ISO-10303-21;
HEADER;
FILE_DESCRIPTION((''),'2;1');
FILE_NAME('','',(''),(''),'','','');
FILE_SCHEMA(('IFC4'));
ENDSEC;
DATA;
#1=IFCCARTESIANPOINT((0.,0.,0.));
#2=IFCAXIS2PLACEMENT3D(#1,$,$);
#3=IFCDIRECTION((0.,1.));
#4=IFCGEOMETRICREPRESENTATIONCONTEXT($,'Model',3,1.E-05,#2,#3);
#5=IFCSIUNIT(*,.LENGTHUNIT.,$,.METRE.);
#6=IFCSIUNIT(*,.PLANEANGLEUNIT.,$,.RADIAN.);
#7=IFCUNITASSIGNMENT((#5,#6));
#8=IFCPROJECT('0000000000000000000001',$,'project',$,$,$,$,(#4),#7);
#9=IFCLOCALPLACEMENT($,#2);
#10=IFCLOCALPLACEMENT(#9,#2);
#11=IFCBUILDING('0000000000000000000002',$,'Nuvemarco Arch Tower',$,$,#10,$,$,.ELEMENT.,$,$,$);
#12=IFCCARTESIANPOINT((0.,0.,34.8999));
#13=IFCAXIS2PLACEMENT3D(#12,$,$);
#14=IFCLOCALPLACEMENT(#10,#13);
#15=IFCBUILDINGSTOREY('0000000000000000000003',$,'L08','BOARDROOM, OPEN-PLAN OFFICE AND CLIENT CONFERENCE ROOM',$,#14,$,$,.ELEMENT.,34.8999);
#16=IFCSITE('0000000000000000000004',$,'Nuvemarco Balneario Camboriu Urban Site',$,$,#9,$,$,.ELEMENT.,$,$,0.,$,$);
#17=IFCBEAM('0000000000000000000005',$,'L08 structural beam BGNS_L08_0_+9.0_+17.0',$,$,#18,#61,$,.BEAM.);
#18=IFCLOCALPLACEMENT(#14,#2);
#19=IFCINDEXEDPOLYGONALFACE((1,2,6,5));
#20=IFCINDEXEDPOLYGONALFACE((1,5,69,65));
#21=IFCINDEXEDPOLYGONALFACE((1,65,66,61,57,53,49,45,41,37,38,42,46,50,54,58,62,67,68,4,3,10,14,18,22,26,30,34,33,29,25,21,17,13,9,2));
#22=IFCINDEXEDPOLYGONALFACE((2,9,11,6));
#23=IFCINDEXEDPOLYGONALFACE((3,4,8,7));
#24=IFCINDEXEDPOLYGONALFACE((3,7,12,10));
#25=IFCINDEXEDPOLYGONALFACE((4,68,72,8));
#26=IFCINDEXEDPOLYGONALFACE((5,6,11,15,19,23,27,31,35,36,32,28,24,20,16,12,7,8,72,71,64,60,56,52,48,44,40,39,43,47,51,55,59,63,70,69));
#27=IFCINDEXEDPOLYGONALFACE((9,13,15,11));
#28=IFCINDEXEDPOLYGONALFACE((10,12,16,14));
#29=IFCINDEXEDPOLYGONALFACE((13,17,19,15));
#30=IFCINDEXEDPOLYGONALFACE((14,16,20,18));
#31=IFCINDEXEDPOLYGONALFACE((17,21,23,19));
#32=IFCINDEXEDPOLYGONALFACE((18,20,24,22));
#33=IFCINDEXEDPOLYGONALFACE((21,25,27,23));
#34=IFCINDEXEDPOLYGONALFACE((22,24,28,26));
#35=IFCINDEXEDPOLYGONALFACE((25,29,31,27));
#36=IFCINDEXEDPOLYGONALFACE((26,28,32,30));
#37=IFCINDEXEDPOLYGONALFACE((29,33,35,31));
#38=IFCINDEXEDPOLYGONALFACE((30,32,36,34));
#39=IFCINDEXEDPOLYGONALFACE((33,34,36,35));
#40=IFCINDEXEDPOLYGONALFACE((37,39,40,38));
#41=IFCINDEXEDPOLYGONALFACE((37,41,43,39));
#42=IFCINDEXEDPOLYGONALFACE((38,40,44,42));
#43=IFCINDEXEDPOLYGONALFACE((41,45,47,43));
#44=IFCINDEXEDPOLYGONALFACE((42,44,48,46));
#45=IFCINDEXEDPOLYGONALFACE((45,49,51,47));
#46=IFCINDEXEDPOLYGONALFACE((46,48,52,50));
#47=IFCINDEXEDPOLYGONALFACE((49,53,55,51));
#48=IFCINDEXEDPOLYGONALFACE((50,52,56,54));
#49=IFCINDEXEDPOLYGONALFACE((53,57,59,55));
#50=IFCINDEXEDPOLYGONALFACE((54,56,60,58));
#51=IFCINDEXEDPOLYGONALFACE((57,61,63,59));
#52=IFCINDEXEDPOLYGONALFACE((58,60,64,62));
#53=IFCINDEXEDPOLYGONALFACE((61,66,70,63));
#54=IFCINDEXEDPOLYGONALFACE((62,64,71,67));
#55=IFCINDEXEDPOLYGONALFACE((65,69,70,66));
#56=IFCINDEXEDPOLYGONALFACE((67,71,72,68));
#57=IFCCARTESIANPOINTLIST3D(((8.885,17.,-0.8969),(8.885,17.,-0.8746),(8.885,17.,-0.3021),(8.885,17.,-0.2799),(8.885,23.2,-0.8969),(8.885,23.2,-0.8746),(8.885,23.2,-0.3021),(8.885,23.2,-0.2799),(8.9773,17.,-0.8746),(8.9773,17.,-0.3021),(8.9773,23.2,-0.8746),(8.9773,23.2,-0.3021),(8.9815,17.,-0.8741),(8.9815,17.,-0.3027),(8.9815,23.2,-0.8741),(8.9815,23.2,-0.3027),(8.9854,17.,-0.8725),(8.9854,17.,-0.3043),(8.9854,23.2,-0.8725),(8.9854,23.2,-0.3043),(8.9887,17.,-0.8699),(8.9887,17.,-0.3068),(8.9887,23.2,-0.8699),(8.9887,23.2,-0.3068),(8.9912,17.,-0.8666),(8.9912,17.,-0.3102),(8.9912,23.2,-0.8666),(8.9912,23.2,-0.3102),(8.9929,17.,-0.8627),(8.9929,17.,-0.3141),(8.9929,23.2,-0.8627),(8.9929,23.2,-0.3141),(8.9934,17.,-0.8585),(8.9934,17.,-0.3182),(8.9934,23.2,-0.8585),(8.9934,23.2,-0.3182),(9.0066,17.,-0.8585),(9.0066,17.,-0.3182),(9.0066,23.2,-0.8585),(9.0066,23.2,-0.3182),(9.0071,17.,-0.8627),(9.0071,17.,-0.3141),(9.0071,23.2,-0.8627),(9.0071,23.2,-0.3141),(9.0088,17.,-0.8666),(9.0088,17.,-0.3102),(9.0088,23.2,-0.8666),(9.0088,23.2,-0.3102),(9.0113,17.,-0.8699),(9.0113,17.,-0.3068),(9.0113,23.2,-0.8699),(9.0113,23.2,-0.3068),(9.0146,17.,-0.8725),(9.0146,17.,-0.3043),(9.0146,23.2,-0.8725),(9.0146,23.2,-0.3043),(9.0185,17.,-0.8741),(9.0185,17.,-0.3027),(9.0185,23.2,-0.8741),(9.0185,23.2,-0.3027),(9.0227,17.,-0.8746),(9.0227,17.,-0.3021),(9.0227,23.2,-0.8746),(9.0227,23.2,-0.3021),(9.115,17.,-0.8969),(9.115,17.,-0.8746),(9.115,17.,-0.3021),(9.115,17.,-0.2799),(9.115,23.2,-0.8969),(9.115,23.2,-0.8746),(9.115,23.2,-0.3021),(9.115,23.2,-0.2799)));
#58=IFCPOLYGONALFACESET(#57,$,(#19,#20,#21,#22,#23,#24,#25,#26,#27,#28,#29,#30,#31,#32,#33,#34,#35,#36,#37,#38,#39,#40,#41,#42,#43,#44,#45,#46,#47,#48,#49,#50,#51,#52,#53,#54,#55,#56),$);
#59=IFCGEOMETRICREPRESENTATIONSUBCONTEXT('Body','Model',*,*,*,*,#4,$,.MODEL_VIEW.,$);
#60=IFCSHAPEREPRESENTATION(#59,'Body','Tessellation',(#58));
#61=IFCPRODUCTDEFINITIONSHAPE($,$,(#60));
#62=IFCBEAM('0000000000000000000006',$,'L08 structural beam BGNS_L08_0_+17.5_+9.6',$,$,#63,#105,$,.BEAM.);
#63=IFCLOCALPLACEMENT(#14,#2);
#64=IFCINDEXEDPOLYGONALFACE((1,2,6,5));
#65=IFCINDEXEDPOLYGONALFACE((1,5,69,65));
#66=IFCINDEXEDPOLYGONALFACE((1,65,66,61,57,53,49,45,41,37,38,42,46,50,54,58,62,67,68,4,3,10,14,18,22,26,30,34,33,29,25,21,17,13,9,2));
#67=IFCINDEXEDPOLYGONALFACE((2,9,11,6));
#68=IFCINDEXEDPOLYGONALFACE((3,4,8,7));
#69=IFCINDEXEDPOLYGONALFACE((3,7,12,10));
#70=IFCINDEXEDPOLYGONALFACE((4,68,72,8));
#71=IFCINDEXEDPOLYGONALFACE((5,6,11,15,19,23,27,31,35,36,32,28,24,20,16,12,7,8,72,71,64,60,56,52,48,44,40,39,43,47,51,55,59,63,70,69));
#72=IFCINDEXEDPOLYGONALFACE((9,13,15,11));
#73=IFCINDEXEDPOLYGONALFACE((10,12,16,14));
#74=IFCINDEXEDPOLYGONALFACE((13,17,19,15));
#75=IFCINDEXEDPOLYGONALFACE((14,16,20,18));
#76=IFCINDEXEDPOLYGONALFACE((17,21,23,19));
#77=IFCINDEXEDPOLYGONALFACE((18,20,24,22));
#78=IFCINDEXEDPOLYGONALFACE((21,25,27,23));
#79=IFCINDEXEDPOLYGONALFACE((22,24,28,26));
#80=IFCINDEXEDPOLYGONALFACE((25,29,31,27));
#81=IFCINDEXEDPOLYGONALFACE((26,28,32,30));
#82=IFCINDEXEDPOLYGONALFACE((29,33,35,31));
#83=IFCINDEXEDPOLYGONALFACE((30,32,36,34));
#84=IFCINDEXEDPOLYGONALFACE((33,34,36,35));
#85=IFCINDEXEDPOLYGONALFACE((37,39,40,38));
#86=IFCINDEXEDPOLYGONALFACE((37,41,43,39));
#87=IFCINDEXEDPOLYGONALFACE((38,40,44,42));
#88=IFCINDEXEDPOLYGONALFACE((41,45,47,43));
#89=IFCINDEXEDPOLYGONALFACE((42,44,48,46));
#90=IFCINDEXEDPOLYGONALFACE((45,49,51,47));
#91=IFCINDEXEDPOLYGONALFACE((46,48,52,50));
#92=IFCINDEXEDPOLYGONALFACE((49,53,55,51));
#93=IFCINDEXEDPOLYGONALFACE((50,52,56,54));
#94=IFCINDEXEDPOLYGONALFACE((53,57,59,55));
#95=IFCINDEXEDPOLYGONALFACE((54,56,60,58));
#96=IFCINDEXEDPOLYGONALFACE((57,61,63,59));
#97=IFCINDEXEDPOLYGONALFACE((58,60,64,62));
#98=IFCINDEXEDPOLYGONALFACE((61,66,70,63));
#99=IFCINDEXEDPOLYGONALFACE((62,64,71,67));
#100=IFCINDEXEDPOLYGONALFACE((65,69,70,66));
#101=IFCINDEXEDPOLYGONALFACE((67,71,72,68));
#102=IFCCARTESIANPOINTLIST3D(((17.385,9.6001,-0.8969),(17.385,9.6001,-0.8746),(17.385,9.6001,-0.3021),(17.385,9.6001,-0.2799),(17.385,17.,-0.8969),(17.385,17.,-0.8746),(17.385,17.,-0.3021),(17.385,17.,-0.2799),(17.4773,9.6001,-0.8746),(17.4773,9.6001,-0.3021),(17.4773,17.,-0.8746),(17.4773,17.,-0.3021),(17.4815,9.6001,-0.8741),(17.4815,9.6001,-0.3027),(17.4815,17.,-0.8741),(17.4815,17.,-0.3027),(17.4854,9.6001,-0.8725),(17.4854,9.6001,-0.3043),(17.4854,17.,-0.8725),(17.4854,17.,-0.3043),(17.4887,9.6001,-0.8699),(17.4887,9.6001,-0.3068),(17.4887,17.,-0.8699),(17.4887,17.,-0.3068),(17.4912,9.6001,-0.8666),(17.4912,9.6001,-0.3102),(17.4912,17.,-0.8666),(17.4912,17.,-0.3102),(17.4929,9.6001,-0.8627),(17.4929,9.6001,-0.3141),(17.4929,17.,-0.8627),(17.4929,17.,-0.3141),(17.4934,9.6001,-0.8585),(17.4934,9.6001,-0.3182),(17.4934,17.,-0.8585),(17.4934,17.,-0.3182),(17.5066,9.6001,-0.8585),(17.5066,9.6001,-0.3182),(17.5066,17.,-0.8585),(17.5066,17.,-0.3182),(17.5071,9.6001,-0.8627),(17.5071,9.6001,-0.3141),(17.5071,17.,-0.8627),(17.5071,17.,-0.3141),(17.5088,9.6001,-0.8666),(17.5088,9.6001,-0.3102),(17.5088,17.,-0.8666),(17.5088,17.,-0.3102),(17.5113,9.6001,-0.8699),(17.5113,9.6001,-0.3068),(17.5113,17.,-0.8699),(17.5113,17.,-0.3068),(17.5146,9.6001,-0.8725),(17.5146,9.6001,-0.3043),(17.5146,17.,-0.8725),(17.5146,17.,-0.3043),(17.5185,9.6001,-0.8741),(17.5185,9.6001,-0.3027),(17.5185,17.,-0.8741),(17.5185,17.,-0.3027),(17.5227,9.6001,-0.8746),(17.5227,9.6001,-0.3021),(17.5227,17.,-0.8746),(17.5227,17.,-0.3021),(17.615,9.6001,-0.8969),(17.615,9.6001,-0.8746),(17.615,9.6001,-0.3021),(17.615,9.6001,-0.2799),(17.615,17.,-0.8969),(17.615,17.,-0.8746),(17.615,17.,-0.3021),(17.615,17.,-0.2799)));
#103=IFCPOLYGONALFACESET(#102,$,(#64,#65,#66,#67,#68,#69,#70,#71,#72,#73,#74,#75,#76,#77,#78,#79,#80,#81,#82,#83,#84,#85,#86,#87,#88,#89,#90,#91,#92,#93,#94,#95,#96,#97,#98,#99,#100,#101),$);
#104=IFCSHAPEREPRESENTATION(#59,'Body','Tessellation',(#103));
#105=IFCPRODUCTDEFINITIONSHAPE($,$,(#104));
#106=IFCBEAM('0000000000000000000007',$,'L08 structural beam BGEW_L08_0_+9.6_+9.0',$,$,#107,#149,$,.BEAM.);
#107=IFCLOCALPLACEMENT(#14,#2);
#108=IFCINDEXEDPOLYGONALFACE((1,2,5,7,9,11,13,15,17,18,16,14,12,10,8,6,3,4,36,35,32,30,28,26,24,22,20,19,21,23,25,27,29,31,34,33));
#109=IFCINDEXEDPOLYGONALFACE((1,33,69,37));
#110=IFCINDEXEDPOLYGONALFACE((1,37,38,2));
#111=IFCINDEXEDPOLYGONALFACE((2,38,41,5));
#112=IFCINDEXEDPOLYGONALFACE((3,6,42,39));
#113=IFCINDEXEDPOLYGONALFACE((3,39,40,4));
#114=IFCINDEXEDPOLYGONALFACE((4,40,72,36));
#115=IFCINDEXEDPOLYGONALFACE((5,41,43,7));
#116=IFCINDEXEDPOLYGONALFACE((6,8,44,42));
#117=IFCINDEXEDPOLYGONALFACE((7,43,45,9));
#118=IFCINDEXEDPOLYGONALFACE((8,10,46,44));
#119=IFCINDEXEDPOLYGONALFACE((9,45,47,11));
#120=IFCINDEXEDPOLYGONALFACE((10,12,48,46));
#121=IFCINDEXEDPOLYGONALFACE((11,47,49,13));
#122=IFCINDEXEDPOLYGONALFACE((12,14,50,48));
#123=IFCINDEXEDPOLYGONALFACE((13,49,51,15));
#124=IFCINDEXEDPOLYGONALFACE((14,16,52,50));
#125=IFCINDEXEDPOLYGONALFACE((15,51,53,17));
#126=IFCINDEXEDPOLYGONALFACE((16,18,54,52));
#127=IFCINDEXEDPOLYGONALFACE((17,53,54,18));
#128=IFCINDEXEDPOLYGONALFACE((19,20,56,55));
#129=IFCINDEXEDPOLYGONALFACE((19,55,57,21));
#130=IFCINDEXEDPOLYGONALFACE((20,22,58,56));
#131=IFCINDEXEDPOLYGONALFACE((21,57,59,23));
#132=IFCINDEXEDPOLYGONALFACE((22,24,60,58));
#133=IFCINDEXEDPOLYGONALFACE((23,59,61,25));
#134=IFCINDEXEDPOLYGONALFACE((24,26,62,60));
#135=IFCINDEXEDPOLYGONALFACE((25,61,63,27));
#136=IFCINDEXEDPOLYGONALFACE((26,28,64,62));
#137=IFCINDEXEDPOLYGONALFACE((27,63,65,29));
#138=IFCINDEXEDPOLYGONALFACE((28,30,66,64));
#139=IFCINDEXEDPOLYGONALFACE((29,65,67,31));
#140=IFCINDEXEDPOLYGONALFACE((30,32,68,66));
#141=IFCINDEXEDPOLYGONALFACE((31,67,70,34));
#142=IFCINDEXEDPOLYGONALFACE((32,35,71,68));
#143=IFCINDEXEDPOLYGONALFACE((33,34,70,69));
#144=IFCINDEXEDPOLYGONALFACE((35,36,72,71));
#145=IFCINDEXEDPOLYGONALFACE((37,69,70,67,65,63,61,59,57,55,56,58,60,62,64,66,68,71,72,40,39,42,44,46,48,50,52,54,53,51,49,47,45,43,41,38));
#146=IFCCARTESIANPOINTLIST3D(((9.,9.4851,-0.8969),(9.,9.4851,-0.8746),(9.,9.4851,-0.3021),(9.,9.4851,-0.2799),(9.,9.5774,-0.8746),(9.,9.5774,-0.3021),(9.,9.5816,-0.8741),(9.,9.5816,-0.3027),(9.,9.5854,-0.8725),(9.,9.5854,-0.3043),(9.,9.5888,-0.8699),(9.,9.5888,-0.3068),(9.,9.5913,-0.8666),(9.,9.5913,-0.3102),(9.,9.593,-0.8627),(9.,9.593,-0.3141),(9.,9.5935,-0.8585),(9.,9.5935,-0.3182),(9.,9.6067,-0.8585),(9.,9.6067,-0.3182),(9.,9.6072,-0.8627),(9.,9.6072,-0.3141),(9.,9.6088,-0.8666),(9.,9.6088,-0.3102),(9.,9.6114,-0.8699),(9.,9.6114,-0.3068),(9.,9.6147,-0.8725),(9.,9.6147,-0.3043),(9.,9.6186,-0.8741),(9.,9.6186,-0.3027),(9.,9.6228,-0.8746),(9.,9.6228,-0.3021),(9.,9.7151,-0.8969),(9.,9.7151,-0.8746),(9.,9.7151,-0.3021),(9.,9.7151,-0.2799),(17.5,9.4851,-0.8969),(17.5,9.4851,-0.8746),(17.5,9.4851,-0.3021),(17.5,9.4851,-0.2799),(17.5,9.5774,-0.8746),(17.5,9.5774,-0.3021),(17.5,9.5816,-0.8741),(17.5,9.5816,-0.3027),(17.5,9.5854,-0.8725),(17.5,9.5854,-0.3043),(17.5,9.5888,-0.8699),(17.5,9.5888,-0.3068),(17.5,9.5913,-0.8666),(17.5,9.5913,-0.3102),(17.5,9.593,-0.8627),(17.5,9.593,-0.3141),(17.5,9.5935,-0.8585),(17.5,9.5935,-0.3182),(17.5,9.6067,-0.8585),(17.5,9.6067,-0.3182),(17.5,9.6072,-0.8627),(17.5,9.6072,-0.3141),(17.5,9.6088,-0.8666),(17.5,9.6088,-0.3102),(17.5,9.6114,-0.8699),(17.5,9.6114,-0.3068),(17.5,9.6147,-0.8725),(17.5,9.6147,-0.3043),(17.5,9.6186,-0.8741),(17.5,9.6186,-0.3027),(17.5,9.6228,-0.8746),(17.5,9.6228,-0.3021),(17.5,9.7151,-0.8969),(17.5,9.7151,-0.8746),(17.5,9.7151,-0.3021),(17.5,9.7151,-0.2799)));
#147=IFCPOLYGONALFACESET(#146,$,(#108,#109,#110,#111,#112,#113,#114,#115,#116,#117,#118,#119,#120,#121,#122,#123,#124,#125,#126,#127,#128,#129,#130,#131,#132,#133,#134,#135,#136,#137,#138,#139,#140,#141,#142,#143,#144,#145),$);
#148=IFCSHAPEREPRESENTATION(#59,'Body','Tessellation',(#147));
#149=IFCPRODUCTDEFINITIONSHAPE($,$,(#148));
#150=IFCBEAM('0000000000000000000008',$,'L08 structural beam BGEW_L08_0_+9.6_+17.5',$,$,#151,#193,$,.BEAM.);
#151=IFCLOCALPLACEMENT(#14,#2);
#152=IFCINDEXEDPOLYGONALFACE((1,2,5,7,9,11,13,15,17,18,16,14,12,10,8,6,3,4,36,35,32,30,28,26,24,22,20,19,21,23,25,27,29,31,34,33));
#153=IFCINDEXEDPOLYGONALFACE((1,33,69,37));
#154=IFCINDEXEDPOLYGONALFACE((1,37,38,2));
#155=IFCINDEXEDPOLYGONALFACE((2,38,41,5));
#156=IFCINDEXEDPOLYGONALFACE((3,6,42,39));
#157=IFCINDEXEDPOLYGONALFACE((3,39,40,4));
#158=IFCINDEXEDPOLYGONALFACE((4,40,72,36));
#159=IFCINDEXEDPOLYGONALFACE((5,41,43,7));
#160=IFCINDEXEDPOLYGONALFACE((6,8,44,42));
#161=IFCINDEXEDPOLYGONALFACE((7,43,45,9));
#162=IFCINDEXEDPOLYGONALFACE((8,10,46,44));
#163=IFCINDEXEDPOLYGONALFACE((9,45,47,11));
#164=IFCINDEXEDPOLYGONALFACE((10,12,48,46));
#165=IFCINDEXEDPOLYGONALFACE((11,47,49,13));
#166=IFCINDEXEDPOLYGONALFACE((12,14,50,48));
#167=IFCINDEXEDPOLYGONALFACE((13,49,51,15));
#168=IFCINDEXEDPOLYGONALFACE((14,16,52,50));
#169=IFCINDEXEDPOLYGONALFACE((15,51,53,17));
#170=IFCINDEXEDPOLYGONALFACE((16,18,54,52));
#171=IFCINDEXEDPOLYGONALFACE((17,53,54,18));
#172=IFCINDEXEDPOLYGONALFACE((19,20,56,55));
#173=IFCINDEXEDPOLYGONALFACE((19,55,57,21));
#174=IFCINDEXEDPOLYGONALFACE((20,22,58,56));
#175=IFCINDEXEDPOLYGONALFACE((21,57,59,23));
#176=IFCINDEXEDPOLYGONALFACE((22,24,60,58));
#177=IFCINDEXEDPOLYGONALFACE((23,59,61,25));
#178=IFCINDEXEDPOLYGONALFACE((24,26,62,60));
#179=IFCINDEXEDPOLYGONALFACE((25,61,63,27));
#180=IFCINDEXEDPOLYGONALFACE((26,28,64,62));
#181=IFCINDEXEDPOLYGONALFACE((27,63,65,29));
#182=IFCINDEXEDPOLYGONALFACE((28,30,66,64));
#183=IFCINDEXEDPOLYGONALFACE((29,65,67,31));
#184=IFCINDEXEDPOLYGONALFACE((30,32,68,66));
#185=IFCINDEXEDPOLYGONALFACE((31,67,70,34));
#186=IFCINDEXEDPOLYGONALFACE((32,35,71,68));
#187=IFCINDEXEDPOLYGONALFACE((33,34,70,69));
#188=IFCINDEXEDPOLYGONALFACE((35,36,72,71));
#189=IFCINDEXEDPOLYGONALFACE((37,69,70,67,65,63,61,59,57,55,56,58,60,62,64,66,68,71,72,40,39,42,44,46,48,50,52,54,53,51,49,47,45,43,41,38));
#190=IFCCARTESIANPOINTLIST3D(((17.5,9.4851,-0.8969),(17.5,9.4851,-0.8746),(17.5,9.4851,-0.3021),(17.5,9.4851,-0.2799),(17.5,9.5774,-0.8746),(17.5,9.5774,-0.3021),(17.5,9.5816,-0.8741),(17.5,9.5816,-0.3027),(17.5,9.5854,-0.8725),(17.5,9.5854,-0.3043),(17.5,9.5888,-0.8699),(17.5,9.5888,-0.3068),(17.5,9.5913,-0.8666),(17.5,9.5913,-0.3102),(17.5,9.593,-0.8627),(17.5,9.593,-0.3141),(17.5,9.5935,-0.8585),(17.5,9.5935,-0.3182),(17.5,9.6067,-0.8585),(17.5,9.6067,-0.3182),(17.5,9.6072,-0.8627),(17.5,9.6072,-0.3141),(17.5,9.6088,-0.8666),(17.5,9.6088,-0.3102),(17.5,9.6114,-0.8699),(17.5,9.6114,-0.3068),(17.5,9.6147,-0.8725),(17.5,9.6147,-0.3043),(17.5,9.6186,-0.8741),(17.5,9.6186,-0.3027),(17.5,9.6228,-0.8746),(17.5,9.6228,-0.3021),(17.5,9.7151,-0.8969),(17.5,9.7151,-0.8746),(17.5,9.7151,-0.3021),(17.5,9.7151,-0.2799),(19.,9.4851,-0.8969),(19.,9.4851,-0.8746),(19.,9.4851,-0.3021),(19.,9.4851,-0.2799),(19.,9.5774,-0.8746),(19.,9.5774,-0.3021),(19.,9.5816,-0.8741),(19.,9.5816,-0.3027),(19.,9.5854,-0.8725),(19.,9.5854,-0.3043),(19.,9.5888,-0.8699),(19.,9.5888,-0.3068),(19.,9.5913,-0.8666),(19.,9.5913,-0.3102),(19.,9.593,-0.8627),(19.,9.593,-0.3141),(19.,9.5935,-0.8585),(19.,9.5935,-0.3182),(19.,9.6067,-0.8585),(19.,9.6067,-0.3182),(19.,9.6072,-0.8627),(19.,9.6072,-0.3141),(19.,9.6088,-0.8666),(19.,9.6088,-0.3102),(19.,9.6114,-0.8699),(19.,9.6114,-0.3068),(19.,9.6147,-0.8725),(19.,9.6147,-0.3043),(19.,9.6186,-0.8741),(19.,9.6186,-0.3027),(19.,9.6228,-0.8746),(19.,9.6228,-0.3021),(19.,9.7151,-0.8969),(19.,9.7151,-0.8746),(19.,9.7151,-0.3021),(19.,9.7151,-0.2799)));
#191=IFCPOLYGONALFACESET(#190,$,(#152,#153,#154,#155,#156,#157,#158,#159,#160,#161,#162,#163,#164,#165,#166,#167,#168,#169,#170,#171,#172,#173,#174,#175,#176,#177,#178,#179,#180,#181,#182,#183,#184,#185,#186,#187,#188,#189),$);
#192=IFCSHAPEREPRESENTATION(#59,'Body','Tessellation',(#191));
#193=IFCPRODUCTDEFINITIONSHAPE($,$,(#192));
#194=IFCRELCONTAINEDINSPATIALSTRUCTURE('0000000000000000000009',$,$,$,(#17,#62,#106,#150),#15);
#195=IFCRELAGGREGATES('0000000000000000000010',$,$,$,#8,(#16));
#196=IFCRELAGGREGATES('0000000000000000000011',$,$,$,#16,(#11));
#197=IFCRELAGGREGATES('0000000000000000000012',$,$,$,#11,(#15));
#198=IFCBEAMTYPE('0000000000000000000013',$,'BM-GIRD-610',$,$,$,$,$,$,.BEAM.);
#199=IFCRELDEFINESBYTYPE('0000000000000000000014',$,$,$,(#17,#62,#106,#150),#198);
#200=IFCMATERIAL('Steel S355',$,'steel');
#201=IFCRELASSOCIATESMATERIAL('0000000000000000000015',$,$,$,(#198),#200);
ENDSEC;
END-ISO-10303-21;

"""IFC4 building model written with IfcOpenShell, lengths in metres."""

from ifc_helpers import new_model, si_unit, direction, frame, origin, origin_2d, place, context, subcontext, project, spatial, i_section, extrude, material, material_profile, profile_set, type_object, element, save


model = new_model("IFC4")

# Units and contexts
model_context = context("Model", 3, precision=1e-05, world=origin(), true_north=direction((0.0, 1.0)))
body_context = subcontext(model_context, "Body", "Model", "MODEL_VIEW")
ifc_project = project(units=[si_unit("LENGTHUNIT", "METRE"), si_unit("PLANEANGLEUNIT", "RADIAN")], contexts=[model_context])

# Site, building, storey
site_placement = place(None, origin())
site = spatial("IfcSite", under=ifc_project, at=site_placement, Name="Nuvemarco Balneario Camboriu Urban Site", CompositionType="ELEMENT", RefElevation=0.0)
building_placement = place(site_placement, origin())
building = spatial("IfcBuilding", under=site, at=building_placement, Name="Nuvemarco Arch Tower", CompositionType="ELEMENT")
storey_placement = place(building_placement, frame((0.0, 0.0, 34.8999)))
storey = spatial("IfcBuildingStorey", under=building, at=storey_placement, Name="L08", Description="BOARDROOM, OPEN-PLAN OFFICE AND CLIENT CONFERENCE ROOM", CompositionType="ELEMENT", Elevation=34.8999)

# Shared definitions
ifc_material_1 = material(Name="Steel S355", Category="steel")

# Beams
ifc_material_profile_1 = material_profile(ifc_material_1, i_section(OverallWidth=0.23, OverallDepth=0.6169, WebThickness=0.0132, FlangeThickness=0.0222, FilletRadius=0.0161, at=origin_2d()), Name="W610x140")
ifc_profile_set_1 = profile_set([ifc_material_profile_1], Name="Steel S355")
beam_type_1 = type_object("IfcBeamType", Name="BM-GIRD-610", PredefinedType="BEAM", material=ifc_profile_set_1)
beam_1_placement = place(storey_placement, frame((9.0, 17.0, -0.5884), z_axis=(0.0, 1.0, 0.0), x_axis=(-1.0, 0.0, 0.0)))
element("IfcBeam", 1, at=beam_1_placement, inside=storey, type_object=beam_type_1, Name="L08 structural beam BGNS_L08_0_+9.0_+17.0", PredefinedType="BEAM", context=body_context, shape_type="SweptSolid", body=[
    extrude(i_section(OverallWidth=0.23, OverallDepth=0.6169, WebThickness=0.0132, FlangeThickness=0.0222, FilletRadius=0.0161, at=origin_2d()), origin(), (0.0, 0.0, 1.0), 6.2),
])
beam_2_placement = place(storey_placement, frame((17.5, 9.6001, -0.5884), z_axis=(0.0, 1.0, 0.0), x_axis=(-1.0, 0.0, 0.0)))
element("IfcBeam", 2, at=beam_2_placement, inside=storey, type_object=beam_type_1, Name="L08 structural beam BGNS_L08_0_+17.5_+9.6", PredefinedType="BEAM", context=body_context, shape_type="SweptSolid", body=[
    extrude(i_section(OverallWidth=0.23, OverallDepth=0.6169, WebThickness=0.0132, FlangeThickness=0.0222, FilletRadius=0.0161, at=origin_2d()), origin(), (0.0, 0.0, 1.0), 7.3999),
])
beam_3_placement = place(storey_placement, frame((9.0, 9.6001, -0.5884), z_axis=(1.0, 0.0, 0.0), x_axis=(0.0, 1.0, 0.0)))
element("IfcBeam", 3, at=beam_3_placement, inside=storey, type_object=beam_type_1, Name="L08 structural beam BGEW_L08_0_+9.6_+9.0", PredefinedType="BEAM", context=body_context, shape_type="SweptSolid", body=[
    extrude(i_section(OverallWidth=0.23, OverallDepth=0.6169, WebThickness=0.0132, FlangeThickness=0.0222, FilletRadius=0.0161, at=origin_2d()), origin(), (0.0, 0.0, 1.0), 8.5),
])
beam_4_placement = place(storey_placement, frame((17.5, 9.6001, -0.5884), z_axis=(1.0, 0.0, 0.0), x_axis=(0.0, 1.0, 0.0)))
element("IfcBeam", 4, at=beam_4_placement, inside=storey, type_object=beam_type_1, Name="L08 structural beam BGEW_L08_0_+9.6_+17.5", PredefinedType="BEAM", context=body_context, shape_type="SweptSolid", body=[
    extrude(i_section(OverallWidth=0.23, OverallDepth=0.6169, WebThickness=0.0132, FlangeThickness=0.0222, FilletRadius=0.0161, at=origin_2d()), origin(), (0.0, 0.0, 1.0), 1.5),
])

save(model, "model.ifc")
